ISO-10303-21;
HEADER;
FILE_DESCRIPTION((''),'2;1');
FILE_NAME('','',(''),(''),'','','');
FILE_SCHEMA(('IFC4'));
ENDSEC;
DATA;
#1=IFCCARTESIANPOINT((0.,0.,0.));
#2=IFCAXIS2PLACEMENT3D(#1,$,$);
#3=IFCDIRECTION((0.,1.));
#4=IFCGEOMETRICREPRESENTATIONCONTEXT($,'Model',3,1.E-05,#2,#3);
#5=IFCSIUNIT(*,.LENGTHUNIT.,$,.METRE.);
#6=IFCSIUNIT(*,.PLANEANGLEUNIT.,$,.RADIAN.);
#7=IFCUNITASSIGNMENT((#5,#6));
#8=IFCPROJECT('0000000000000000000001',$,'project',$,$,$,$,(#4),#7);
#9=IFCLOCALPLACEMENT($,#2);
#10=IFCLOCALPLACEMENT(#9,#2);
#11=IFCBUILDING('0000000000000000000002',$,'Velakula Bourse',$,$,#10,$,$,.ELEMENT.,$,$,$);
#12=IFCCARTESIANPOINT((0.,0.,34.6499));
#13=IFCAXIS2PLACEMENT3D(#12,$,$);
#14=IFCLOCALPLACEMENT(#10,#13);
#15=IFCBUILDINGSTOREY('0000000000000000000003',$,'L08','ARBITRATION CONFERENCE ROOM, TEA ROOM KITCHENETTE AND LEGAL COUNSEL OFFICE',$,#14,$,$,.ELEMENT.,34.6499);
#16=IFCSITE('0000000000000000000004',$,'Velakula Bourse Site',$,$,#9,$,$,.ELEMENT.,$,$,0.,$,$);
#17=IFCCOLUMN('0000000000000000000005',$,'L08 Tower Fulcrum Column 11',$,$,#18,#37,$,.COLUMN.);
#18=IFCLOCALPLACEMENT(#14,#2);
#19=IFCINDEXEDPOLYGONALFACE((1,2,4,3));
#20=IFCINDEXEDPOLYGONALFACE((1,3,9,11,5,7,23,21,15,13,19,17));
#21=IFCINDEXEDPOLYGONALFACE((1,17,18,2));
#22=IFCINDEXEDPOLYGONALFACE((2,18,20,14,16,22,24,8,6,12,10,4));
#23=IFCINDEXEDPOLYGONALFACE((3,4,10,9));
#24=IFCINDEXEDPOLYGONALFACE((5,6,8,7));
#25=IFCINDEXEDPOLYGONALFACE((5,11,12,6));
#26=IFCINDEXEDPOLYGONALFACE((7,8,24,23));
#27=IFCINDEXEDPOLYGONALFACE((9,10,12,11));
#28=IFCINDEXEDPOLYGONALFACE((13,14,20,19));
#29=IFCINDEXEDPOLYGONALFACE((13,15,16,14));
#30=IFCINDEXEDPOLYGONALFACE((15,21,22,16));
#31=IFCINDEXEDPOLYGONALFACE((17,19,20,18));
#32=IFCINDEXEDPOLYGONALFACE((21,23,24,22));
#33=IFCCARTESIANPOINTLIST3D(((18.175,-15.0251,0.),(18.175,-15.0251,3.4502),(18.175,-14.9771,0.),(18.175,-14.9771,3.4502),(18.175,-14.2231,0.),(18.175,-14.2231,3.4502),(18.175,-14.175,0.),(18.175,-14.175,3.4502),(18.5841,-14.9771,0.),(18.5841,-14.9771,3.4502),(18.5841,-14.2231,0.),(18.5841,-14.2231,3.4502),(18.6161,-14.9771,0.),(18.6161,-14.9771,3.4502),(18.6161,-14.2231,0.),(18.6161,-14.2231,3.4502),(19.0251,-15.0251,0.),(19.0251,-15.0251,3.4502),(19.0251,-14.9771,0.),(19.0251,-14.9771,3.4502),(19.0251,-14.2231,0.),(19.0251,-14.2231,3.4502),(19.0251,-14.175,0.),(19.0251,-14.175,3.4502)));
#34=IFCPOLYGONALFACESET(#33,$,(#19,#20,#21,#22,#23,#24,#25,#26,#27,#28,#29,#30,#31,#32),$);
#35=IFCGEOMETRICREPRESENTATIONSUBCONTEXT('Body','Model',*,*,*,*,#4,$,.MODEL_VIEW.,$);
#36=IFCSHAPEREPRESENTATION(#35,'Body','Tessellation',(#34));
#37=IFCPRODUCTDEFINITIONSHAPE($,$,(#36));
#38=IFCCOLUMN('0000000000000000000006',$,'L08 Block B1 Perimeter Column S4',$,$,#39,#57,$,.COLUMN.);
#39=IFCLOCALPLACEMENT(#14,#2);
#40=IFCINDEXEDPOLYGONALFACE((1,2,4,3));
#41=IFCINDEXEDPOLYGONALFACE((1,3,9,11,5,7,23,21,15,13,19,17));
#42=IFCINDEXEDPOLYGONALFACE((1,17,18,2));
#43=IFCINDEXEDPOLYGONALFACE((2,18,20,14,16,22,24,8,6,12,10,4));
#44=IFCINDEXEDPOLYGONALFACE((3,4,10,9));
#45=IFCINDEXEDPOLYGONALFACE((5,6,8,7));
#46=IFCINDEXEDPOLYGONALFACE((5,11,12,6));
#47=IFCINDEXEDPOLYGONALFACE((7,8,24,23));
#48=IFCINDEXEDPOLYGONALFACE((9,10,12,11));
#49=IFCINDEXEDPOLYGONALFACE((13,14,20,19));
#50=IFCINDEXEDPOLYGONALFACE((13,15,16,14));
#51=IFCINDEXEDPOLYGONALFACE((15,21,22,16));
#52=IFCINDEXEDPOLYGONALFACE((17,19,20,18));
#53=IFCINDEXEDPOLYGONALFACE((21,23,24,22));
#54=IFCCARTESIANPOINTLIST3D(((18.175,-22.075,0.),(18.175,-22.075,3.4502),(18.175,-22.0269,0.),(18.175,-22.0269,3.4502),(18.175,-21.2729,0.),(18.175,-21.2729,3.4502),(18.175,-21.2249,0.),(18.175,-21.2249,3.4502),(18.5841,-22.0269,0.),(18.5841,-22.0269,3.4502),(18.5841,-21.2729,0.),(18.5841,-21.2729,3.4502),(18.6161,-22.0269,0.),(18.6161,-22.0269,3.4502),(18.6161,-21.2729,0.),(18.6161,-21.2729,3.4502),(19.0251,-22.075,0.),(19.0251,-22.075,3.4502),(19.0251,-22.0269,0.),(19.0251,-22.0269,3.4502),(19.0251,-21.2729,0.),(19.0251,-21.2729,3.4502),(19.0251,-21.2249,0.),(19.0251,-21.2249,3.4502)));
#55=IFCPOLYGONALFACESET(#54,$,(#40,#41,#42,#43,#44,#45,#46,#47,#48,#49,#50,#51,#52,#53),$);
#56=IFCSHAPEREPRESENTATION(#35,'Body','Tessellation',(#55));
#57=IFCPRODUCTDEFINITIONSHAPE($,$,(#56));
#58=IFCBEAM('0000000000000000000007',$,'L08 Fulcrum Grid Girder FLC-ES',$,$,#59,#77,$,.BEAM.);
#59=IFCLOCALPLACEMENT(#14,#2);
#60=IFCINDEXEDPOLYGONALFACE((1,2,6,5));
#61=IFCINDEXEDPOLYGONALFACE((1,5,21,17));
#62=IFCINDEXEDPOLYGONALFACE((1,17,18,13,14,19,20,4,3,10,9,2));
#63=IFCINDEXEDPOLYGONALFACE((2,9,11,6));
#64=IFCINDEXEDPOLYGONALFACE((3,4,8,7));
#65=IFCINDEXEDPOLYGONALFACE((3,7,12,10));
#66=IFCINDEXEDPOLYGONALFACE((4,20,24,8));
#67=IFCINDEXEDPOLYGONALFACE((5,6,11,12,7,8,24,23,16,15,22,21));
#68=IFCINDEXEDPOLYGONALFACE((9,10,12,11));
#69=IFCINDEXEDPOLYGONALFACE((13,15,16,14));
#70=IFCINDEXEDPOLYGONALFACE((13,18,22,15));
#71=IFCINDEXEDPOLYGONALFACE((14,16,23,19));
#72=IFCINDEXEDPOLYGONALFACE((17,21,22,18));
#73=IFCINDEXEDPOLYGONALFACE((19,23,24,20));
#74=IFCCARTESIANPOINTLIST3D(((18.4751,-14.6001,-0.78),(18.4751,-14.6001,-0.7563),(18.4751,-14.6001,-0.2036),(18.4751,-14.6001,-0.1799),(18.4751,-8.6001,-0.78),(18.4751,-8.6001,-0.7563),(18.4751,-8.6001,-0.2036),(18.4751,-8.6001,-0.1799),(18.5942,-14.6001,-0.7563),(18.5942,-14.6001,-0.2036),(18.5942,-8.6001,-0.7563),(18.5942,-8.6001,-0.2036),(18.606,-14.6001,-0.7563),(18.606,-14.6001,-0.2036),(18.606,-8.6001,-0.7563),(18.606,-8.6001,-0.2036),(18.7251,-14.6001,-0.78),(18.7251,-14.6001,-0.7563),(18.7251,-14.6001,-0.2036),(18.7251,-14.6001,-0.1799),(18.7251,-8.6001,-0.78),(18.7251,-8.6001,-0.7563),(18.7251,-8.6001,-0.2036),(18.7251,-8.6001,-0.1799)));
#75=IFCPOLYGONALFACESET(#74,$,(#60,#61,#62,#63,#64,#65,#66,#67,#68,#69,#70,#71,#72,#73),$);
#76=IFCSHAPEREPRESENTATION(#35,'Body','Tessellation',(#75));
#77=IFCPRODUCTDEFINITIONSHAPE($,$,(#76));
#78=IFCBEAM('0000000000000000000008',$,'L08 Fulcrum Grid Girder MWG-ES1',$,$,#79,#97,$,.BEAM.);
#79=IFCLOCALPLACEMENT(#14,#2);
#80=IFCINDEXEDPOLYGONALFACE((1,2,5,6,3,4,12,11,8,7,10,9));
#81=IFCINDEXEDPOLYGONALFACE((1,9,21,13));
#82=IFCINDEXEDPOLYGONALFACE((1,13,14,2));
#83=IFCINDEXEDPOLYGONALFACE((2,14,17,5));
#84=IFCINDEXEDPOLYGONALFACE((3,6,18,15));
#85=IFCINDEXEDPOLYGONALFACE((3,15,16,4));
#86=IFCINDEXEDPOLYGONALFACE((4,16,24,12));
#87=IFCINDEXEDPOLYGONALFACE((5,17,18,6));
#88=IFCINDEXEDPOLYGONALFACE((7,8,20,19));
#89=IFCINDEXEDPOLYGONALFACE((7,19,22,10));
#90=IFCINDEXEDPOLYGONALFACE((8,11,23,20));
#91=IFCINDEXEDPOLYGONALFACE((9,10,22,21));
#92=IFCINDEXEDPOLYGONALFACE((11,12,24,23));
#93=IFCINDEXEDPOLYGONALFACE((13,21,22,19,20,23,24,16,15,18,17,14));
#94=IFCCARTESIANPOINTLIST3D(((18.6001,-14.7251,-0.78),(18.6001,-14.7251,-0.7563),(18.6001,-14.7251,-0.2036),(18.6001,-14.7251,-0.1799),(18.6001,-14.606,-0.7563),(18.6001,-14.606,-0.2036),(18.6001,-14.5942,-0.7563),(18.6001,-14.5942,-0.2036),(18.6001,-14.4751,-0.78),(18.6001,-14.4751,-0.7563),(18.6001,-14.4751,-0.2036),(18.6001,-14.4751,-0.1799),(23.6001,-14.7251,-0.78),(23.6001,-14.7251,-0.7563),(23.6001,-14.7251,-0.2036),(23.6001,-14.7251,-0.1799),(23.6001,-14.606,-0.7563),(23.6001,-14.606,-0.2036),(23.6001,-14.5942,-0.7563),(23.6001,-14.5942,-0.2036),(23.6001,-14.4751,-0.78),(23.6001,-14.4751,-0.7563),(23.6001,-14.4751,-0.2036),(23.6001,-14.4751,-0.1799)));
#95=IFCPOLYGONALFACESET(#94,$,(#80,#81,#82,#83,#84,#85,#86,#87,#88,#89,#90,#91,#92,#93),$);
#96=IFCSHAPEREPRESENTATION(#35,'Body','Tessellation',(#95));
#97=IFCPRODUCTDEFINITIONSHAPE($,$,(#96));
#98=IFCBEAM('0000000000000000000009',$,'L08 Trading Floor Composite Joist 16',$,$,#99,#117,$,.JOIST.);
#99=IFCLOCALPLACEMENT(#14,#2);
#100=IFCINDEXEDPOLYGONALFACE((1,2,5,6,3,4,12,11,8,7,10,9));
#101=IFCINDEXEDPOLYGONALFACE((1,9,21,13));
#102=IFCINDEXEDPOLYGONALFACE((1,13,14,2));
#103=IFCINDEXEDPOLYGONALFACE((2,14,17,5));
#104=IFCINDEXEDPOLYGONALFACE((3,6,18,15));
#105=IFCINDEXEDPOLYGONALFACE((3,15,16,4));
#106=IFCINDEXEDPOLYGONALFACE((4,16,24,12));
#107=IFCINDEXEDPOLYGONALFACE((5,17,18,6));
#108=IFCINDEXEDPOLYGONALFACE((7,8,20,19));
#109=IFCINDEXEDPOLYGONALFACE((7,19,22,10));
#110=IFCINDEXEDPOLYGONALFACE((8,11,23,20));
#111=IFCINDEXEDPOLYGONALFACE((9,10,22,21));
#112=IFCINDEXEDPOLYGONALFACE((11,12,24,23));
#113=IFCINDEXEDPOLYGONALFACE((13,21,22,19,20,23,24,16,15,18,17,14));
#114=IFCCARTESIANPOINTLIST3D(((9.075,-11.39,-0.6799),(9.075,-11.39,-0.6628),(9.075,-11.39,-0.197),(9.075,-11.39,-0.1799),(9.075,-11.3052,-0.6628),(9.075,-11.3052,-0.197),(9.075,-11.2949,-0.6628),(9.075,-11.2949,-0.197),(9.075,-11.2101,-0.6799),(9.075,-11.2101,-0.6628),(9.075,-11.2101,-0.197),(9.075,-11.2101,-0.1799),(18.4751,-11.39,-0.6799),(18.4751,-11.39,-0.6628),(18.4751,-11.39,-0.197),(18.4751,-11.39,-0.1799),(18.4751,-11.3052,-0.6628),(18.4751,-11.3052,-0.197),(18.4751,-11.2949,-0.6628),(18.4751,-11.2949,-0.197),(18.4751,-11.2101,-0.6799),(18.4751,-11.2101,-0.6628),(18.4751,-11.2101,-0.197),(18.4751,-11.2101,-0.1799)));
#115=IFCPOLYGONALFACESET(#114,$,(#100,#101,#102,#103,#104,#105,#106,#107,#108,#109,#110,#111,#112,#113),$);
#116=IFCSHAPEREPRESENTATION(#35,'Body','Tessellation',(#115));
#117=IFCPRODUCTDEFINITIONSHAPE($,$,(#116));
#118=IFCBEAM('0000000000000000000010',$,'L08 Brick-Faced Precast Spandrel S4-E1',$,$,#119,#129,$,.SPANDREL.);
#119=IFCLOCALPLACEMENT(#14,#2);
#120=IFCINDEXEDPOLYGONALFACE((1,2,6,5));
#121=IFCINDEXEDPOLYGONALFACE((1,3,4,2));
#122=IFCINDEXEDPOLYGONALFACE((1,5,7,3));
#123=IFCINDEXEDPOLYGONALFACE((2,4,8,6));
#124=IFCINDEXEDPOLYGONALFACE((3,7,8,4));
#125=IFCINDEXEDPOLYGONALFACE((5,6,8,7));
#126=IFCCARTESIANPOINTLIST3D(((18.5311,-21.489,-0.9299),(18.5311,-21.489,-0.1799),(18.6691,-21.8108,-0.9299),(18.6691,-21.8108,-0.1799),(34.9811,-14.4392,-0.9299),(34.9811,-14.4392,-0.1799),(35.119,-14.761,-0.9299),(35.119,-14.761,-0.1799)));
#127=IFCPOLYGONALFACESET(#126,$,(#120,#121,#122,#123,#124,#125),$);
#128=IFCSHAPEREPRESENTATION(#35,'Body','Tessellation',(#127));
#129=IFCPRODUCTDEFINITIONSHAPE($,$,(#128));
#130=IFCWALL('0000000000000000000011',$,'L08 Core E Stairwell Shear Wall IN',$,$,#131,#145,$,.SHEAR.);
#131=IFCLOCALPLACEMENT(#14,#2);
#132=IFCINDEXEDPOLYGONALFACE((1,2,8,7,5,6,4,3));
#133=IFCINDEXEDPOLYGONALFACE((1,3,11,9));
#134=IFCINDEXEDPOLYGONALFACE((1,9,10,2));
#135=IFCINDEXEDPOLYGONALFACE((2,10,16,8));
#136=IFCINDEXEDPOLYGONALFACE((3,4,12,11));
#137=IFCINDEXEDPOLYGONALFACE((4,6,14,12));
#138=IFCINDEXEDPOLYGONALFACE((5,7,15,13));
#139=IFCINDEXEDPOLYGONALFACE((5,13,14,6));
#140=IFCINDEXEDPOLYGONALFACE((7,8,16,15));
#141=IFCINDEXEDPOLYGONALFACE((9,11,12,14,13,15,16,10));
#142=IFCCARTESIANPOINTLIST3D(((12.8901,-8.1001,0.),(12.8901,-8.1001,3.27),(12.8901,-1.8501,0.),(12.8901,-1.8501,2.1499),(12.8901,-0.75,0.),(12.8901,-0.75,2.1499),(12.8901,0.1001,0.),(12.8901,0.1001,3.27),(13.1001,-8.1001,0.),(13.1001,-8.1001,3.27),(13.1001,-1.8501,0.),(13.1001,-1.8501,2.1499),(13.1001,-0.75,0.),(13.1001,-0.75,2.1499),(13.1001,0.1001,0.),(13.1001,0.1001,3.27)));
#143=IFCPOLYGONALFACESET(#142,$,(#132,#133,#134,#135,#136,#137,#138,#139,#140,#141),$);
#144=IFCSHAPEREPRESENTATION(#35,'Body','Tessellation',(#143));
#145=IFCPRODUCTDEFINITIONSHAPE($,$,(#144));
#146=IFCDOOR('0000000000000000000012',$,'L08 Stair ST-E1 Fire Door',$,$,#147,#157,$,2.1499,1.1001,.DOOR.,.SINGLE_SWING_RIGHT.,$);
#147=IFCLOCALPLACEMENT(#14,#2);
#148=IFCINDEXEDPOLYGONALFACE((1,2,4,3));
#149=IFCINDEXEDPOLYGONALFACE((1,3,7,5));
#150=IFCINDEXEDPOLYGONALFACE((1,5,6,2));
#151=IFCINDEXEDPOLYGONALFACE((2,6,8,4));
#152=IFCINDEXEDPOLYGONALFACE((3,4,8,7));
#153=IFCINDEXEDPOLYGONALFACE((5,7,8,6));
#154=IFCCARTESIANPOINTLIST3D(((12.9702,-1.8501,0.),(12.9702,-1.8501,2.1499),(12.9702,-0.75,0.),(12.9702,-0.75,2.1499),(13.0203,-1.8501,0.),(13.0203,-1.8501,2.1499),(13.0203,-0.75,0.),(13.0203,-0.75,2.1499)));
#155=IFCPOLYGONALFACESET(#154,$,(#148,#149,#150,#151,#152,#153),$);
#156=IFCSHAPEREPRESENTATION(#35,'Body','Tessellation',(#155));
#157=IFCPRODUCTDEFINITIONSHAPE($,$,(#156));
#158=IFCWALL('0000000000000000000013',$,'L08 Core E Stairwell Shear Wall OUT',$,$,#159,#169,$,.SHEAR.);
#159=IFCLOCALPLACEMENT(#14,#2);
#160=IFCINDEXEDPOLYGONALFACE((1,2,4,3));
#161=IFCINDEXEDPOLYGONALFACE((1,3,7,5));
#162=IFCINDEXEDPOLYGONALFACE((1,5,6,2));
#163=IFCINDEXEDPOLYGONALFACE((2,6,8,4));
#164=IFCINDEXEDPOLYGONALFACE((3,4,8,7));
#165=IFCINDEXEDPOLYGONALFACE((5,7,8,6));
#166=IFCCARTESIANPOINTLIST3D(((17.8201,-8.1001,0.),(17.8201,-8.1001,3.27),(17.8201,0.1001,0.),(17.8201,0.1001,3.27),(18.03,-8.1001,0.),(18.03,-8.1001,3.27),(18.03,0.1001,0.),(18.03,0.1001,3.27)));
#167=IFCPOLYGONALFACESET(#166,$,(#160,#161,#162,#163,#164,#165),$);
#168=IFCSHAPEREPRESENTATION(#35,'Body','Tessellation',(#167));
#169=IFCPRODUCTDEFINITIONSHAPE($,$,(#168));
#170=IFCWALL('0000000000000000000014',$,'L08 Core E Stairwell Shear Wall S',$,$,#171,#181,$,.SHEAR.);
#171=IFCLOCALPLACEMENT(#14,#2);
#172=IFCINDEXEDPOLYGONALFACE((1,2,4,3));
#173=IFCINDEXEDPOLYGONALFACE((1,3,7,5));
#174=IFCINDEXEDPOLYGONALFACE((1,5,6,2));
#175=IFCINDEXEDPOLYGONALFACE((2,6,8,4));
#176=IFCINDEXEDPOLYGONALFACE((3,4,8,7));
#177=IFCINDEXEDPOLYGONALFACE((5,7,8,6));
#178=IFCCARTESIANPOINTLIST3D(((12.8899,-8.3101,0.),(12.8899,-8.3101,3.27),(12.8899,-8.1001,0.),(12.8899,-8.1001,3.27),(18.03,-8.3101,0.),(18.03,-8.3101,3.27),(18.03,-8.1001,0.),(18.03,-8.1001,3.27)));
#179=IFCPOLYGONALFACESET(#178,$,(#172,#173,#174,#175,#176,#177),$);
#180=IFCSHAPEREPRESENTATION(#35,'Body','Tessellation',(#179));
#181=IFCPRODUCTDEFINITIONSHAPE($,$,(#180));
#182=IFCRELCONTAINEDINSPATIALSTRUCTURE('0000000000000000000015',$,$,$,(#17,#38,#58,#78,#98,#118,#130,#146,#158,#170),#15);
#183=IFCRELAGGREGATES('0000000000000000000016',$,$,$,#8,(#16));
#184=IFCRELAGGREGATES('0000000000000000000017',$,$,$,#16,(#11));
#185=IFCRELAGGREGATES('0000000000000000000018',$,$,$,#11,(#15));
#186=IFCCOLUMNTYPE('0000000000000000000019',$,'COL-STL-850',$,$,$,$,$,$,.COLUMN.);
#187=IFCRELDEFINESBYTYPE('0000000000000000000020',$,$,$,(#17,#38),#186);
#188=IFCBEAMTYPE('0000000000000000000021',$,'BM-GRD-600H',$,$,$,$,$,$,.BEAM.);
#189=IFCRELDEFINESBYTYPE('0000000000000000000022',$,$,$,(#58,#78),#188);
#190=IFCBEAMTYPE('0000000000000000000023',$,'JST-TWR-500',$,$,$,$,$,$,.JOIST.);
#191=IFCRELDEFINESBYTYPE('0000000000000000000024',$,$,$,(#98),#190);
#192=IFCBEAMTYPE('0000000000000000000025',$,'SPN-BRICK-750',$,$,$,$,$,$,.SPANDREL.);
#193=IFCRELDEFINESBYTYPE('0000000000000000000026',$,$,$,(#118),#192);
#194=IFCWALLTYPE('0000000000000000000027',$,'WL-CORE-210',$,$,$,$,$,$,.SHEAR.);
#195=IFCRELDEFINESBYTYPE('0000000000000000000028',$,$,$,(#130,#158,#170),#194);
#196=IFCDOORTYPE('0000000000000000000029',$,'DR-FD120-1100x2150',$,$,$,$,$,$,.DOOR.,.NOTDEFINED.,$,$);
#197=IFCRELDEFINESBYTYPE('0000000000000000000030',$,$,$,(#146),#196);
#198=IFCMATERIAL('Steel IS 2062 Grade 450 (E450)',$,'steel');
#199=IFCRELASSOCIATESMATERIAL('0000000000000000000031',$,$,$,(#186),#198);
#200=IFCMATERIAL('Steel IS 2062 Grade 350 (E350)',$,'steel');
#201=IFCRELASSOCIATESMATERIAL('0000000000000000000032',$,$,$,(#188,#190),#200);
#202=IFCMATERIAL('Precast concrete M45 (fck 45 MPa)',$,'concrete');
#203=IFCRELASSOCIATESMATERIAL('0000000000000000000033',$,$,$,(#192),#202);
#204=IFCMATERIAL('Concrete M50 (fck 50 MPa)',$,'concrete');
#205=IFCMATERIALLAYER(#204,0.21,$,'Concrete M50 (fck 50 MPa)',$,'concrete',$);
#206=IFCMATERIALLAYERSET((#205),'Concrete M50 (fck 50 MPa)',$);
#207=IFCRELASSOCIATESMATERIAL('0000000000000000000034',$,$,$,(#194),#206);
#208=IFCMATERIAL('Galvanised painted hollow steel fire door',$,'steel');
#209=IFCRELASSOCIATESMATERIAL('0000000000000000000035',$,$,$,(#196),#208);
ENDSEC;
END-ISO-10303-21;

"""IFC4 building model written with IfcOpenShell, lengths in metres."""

from ifc_helpers import new_model, si_unit, direction, frame, frame_2d, origin, origin_2d, place, context, subcontext, project, spatial, rectangle, i_section, extrude, material, layer, layer_set, material_profile, profile_set, type_object, element, fill, save


model = new_model("IFC4")

# Units and contexts
model_context = context("Model", 3, precision=1e-05, world=origin(), true_north=direction((0.0, 1.0)))
body_context = subcontext(model_context, "Body", "Model", "MODEL_VIEW")
ifc_project = project(units=[si_unit("LENGTHUNIT", "METRE"), si_unit("PLANEANGLEUNIT", "RADIAN")], contexts=[model_context])

# Site, building, storey
site_placement = place(None, origin())
site = spatial("IfcSite", under=ifc_project, at=site_placement, Name="Velakula Bourse Site", CompositionType="ELEMENT", RefElevation=0.0)
building_placement = place(site_placement, origin())
building = spatial("IfcBuilding", under=site, at=building_placement, Name="Velakula Bourse", CompositionType="ELEMENT")
storey_placement = place(building_placement, frame((0.0, 0.0, 34.6499)))
storey = spatial("IfcBuildingStorey", under=building, at=storey_placement, Name="L08", Description="ARBITRATION CONFERENCE ROOM, TEA ROOM KITCHENETTE AND LEGAL COUNSEL OFFICE", CompositionType="ELEMENT", Elevation=34.6499)

# Columns
ifc_material_1 = material(Name="Steel IS 2062 Grade 450 (E450)", Category="steel")
ifc_material_profile_1 = material_profile(ifc_material_1, i_section(OverallWidth=0.8501, OverallDepth=0.8501, WebThickness=0.032, FlangeThickness=0.0481, at=origin_2d()), Name="Steel IS 2062 Grade 450 (E450)")
ifc_profile_set_1 = profile_set([ifc_material_profile_1], Name="Steel IS 2062 Grade 450 (E450)")
column_type = type_object("IfcColumnType", Name="COL-STL-850", PredefinedType="COLUMN", material=ifc_profile_set_1)
for number, where, z_axis, x_axis, name in (
    (1, (18.6001, -14.6001, 0.0), (0.0, 0.0, 1.0), (1.0, 0.0, 0.0), "L08 Tower Fulcrum Column 11"),
    (2, (18.6001, -21.6499, 0.0), (0.0, 0.0, 1.0), (1.0, 0.0, 0.0), "L08 Block B1 Perimeter Column S4"),
):
    element("IfcColumn", number, at=place(storey_placement, frame(where, z_axis=z_axis, x_axis=x_axis)), inside=storey, type_object=column_type, Name=name, PredefinedType="COLUMN", context=body_context, shape_type="SweptSolid", body=[
        extrude(i_section(OverallWidth=0.8501, OverallDepth=0.8501, WebThickness=0.032, FlangeThickness=0.0481, at=origin_2d()), origin(), (0.0, 0.0, 1.0), 3.4502),
    ])

# Beams
ifc_material_2 = material(Name="Steel IS 2062 Grade 350 (E350)", Category="steel")
ifc_material_profile_2 = material_profile(ifc_material_2, i_section(OverallWidth=0.25, OverallDepth=0.6001, WebThickness=0.0117, FlangeThickness=0.0237, at=origin_2d()), Name="Steel IS 2062 Grade 350 (E350)")
ifc_profile_set_2 = profile_set([ifc_material_profile_2], Name="Steel IS 2062 Grade 350 (E350)")
beam_type_1 = type_object("IfcBeamType", Name="BM-GRD-600H", PredefinedType="BEAM", material=ifc_profile_set_2)
beam_1_placement = place(storey_placement, frame((18.6001, -14.6001, -0.48), z_axis=(0.0, 1.0, 0.0), x_axis=(-1.0, 0.0, 0.0)))
element("IfcBeam", 3, at=beam_1_placement, inside=storey, type_object=beam_type_1, Name="L08 Fulcrum Grid Girder FLC-ES", PredefinedType="BEAM", context=body_context, shape_type="SweptSolid", body=[
    extrude(i_section(OverallWidth=0.25, OverallDepth=0.6001, WebThickness=0.0117, FlangeThickness=0.0237, at=origin_2d()), origin(), (0.0, 0.0, 1.0), 6.0),
])
beam_2_placement = place(storey_placement, frame((18.6001, -14.6001, -0.48), z_axis=(1.0, 0.0, 0.0), x_axis=(0.0, 1.0, 0.0)))
element("IfcBeam", 4, at=beam_2_placement, inside=storey, type_object=beam_type_1, Name="L08 Fulcrum Grid Girder MWG-ES1", PredefinedType="BEAM", context=body_context, shape_type="SweptSolid", body=[
    extrude(i_section(OverallWidth=0.25, OverallDepth=0.6001, WebThickness=0.0117, FlangeThickness=0.0237, at=origin_2d()), origin(), (0.0, 0.0, 1.0), 5.0),
])
ifc_material_profile_3 = material_profile(ifc_material_2, i_section(OverallWidth=0.1799, OverallDepth=0.5, WebThickness=0.0103, FlangeThickness=0.0171, at=origin_2d()), Name="Steel IS 2062 Grade 350 (E350)")
ifc_profile_set_3 = profile_set([ifc_material_profile_3], Name="Steel IS 2062 Grade 350 (E350)")
beam_type_2 = type_object("IfcBeamType", Name="JST-TWR-500", PredefinedType="JOIST", material=ifc_profile_set_3)
beam_3_placement = place(storey_placement, frame((9.075, -11.3, -0.4299), z_axis=(1.0, 0.0, 0.0), x_axis=(0.0, 1.0, 0.0)))
element("IfcBeam", 5, at=beam_3_placement, inside=storey, type_object=beam_type_2, Name="L08 Trading Floor Composite Joist 16", PredefinedType="JOIST", context=body_context, shape_type="SweptSolid", body=[
    extrude(i_section(OverallWidth=0.1799, OverallDepth=0.5, WebThickness=0.0103, FlangeThickness=0.0171, at=origin_2d()), origin(), (0.0, 0.0, 1.0), 9.4001),
])
ifc_material_3 = material(Name="Precast concrete M45 (fck 45 MPa)", Category="concrete")
ifc_material_profile_4 = material_profile(ifc_material_3, rectangle(XDim=0.3501, YDim=0.75, at=origin_2d()), Name="Precast concrete M45 (fck 45 MPa)")
ifc_profile_set_4 = profile_set([ifc_material_profile_4], Name="Precast concrete M45 (fck 45 MPa)")
beam_type_3 = type_object("IfcBeamType", Name="SPN-BRICK-750", PredefinedType="SPANDREL", material=ifc_profile_set_4)
beam_4_placement = place(storey_placement, frame((18.6001, -21.6499, -0.5549), z_axis=(0.919149, 0.393911, 0.0), x_axis=(-0.393911, 0.919149, 0.0)))
element("IfcBeam", 6, at=beam_4_placement, inside=storey, type_object=beam_type_3, Name="L08 Brick-Faced Precast Spandrel S4-E1", PredefinedType="SPANDREL", context=body_context, shape_type="SweptSolid", body=[
    extrude(rectangle(XDim=0.3501, YDim=0.75, at=origin_2d()), origin(), (0.0, 0.0, 1.0), 17.897),
])

# Wall, opening, door
ifc_material_4 = material(Name="Concrete M50 (fck 50 MPa)", Category="concrete")
ifc_layer_1 = layer(ifc_material_4, 0.21, Name="Concrete M50 (fck 50 MPa)", Category="concrete")
ifc_layer_set_1 = layer_set([ifc_layer_1], Name="Concrete M50 (fck 50 MPa)")
wall_type_1 = type_object("IfcWallType", Name="WL-CORE-210", PredefinedType="SHEAR", material=ifc_layer_set_1)
wall_1_placement = place(storey_placement, frame((12.9951, -8.1001, 0.0), z_axis=(0.0, 0.0, 1.0), x_axis=(0.0, 1.0, 0.0)))
wall_1 = element("IfcWall", 7, at=wall_1_placement, inside=storey, type_object=wall_type_1, Name="L08 Core E Stairwell Shear Wall IN", PredefinedType="SHEAR", context=body_context, shape_type="SweptSolid", body=[
    extrude(rectangle(XDim=8.2002, YDim=0.21, at=frame_2d((4.1001, 0.0))), origin(), (0.0, 0.0, 1.0), 3.27),
])
opening_1_placement = place(wall_1_placement, frame((6.25, 0.0, 0.0)))
opening_1 = element("IfcOpeningElement", 8, at=opening_1_placement, cuts=wall_1, PredefinedType="OPENING", context=body_context, shape_type="SweptSolid", body=[
    extrude(rectangle(XDim=1.1001, YDim=2.1499, at=frame_2d((0.55, 1.075))), frame((0.0, 0.115, 0.0), z_axis=(0.0, -1.0, 0.0), x_axis=(1.0, 0.0, 0.0)), (0.0, 0.0, 1.0), 0.23),
])
ifc_material_5 = material(Name="Galvanised painted hollow steel fire door", Category="steel")
door_type_1 = type_object("IfcDoorType", Name="DR-FD120-1100x2150", OperationType="NOTDEFINED", PredefinedType="DOOR", material=ifc_material_5)
door_1_placement = place(opening_1_placement, origin())
door_1 = element("IfcDoor", 9, at=door_1_placement, inside=storey, type_object=door_type_1, Name="L08 Stair ST-E1 Fire Door", OperationType="SINGLE_SWING_RIGHT", OverallHeight=2.1499, OverallWidth=1.1001, PredefinedType="DOOR", context=body_context, shape_type="SweptSolid", body=[
    extrude(rectangle(XDim=1.1001, YDim=2.1499, at=frame_2d((0.55, 1.075))), frame((0.0, 0.0249, 0.0), z_axis=(0.0, -1.0, 0.0), x_axis=(1.0, 0.0, 0.0)), (0.0, 0.0, 1.0), 0.05),
])
fill(opening_1, door_1)

# Walls
wall_2_placement = place(storey_placement, frame((17.925, -8.1001, 0.0), z_axis=(0.0, 0.0, 1.0), x_axis=(0.0, 1.0, 0.0)))
element("IfcWall", 10, at=wall_2_placement, inside=storey, type_object=wall_type_1, Name="L08 Core E Stairwell Shear Wall OUT", PredefinedType="SHEAR", context=body_context, shape_type="SweptSolid", body=[
    extrude(rectangle(XDim=8.2002, YDim=0.21, at=frame_2d((4.1001, 0.0))), origin(), (0.0, 0.0, 1.0), 3.27),
])
wall_3_placement = place(storey_placement, frame((12.8899, -8.2051, 0.0), z_axis=(0.0, 0.0, 1.0), x_axis=(1.0, 0.0, 0.0)))
element("IfcWall", 11, at=wall_3_placement, inside=storey, type_object=wall_type_1, Name="L08 Core E Stairwell Shear Wall S", PredefinedType="SHEAR", context=body_context, shape_type="SweptSolid", body=[
    extrude(rectangle(XDim=5.1401, YDim=0.21, at=frame_2d((2.5701, 0.0))), origin(), (0.0, 0.0, 1.0), 3.27),
])

save(model, "model.ifc")
